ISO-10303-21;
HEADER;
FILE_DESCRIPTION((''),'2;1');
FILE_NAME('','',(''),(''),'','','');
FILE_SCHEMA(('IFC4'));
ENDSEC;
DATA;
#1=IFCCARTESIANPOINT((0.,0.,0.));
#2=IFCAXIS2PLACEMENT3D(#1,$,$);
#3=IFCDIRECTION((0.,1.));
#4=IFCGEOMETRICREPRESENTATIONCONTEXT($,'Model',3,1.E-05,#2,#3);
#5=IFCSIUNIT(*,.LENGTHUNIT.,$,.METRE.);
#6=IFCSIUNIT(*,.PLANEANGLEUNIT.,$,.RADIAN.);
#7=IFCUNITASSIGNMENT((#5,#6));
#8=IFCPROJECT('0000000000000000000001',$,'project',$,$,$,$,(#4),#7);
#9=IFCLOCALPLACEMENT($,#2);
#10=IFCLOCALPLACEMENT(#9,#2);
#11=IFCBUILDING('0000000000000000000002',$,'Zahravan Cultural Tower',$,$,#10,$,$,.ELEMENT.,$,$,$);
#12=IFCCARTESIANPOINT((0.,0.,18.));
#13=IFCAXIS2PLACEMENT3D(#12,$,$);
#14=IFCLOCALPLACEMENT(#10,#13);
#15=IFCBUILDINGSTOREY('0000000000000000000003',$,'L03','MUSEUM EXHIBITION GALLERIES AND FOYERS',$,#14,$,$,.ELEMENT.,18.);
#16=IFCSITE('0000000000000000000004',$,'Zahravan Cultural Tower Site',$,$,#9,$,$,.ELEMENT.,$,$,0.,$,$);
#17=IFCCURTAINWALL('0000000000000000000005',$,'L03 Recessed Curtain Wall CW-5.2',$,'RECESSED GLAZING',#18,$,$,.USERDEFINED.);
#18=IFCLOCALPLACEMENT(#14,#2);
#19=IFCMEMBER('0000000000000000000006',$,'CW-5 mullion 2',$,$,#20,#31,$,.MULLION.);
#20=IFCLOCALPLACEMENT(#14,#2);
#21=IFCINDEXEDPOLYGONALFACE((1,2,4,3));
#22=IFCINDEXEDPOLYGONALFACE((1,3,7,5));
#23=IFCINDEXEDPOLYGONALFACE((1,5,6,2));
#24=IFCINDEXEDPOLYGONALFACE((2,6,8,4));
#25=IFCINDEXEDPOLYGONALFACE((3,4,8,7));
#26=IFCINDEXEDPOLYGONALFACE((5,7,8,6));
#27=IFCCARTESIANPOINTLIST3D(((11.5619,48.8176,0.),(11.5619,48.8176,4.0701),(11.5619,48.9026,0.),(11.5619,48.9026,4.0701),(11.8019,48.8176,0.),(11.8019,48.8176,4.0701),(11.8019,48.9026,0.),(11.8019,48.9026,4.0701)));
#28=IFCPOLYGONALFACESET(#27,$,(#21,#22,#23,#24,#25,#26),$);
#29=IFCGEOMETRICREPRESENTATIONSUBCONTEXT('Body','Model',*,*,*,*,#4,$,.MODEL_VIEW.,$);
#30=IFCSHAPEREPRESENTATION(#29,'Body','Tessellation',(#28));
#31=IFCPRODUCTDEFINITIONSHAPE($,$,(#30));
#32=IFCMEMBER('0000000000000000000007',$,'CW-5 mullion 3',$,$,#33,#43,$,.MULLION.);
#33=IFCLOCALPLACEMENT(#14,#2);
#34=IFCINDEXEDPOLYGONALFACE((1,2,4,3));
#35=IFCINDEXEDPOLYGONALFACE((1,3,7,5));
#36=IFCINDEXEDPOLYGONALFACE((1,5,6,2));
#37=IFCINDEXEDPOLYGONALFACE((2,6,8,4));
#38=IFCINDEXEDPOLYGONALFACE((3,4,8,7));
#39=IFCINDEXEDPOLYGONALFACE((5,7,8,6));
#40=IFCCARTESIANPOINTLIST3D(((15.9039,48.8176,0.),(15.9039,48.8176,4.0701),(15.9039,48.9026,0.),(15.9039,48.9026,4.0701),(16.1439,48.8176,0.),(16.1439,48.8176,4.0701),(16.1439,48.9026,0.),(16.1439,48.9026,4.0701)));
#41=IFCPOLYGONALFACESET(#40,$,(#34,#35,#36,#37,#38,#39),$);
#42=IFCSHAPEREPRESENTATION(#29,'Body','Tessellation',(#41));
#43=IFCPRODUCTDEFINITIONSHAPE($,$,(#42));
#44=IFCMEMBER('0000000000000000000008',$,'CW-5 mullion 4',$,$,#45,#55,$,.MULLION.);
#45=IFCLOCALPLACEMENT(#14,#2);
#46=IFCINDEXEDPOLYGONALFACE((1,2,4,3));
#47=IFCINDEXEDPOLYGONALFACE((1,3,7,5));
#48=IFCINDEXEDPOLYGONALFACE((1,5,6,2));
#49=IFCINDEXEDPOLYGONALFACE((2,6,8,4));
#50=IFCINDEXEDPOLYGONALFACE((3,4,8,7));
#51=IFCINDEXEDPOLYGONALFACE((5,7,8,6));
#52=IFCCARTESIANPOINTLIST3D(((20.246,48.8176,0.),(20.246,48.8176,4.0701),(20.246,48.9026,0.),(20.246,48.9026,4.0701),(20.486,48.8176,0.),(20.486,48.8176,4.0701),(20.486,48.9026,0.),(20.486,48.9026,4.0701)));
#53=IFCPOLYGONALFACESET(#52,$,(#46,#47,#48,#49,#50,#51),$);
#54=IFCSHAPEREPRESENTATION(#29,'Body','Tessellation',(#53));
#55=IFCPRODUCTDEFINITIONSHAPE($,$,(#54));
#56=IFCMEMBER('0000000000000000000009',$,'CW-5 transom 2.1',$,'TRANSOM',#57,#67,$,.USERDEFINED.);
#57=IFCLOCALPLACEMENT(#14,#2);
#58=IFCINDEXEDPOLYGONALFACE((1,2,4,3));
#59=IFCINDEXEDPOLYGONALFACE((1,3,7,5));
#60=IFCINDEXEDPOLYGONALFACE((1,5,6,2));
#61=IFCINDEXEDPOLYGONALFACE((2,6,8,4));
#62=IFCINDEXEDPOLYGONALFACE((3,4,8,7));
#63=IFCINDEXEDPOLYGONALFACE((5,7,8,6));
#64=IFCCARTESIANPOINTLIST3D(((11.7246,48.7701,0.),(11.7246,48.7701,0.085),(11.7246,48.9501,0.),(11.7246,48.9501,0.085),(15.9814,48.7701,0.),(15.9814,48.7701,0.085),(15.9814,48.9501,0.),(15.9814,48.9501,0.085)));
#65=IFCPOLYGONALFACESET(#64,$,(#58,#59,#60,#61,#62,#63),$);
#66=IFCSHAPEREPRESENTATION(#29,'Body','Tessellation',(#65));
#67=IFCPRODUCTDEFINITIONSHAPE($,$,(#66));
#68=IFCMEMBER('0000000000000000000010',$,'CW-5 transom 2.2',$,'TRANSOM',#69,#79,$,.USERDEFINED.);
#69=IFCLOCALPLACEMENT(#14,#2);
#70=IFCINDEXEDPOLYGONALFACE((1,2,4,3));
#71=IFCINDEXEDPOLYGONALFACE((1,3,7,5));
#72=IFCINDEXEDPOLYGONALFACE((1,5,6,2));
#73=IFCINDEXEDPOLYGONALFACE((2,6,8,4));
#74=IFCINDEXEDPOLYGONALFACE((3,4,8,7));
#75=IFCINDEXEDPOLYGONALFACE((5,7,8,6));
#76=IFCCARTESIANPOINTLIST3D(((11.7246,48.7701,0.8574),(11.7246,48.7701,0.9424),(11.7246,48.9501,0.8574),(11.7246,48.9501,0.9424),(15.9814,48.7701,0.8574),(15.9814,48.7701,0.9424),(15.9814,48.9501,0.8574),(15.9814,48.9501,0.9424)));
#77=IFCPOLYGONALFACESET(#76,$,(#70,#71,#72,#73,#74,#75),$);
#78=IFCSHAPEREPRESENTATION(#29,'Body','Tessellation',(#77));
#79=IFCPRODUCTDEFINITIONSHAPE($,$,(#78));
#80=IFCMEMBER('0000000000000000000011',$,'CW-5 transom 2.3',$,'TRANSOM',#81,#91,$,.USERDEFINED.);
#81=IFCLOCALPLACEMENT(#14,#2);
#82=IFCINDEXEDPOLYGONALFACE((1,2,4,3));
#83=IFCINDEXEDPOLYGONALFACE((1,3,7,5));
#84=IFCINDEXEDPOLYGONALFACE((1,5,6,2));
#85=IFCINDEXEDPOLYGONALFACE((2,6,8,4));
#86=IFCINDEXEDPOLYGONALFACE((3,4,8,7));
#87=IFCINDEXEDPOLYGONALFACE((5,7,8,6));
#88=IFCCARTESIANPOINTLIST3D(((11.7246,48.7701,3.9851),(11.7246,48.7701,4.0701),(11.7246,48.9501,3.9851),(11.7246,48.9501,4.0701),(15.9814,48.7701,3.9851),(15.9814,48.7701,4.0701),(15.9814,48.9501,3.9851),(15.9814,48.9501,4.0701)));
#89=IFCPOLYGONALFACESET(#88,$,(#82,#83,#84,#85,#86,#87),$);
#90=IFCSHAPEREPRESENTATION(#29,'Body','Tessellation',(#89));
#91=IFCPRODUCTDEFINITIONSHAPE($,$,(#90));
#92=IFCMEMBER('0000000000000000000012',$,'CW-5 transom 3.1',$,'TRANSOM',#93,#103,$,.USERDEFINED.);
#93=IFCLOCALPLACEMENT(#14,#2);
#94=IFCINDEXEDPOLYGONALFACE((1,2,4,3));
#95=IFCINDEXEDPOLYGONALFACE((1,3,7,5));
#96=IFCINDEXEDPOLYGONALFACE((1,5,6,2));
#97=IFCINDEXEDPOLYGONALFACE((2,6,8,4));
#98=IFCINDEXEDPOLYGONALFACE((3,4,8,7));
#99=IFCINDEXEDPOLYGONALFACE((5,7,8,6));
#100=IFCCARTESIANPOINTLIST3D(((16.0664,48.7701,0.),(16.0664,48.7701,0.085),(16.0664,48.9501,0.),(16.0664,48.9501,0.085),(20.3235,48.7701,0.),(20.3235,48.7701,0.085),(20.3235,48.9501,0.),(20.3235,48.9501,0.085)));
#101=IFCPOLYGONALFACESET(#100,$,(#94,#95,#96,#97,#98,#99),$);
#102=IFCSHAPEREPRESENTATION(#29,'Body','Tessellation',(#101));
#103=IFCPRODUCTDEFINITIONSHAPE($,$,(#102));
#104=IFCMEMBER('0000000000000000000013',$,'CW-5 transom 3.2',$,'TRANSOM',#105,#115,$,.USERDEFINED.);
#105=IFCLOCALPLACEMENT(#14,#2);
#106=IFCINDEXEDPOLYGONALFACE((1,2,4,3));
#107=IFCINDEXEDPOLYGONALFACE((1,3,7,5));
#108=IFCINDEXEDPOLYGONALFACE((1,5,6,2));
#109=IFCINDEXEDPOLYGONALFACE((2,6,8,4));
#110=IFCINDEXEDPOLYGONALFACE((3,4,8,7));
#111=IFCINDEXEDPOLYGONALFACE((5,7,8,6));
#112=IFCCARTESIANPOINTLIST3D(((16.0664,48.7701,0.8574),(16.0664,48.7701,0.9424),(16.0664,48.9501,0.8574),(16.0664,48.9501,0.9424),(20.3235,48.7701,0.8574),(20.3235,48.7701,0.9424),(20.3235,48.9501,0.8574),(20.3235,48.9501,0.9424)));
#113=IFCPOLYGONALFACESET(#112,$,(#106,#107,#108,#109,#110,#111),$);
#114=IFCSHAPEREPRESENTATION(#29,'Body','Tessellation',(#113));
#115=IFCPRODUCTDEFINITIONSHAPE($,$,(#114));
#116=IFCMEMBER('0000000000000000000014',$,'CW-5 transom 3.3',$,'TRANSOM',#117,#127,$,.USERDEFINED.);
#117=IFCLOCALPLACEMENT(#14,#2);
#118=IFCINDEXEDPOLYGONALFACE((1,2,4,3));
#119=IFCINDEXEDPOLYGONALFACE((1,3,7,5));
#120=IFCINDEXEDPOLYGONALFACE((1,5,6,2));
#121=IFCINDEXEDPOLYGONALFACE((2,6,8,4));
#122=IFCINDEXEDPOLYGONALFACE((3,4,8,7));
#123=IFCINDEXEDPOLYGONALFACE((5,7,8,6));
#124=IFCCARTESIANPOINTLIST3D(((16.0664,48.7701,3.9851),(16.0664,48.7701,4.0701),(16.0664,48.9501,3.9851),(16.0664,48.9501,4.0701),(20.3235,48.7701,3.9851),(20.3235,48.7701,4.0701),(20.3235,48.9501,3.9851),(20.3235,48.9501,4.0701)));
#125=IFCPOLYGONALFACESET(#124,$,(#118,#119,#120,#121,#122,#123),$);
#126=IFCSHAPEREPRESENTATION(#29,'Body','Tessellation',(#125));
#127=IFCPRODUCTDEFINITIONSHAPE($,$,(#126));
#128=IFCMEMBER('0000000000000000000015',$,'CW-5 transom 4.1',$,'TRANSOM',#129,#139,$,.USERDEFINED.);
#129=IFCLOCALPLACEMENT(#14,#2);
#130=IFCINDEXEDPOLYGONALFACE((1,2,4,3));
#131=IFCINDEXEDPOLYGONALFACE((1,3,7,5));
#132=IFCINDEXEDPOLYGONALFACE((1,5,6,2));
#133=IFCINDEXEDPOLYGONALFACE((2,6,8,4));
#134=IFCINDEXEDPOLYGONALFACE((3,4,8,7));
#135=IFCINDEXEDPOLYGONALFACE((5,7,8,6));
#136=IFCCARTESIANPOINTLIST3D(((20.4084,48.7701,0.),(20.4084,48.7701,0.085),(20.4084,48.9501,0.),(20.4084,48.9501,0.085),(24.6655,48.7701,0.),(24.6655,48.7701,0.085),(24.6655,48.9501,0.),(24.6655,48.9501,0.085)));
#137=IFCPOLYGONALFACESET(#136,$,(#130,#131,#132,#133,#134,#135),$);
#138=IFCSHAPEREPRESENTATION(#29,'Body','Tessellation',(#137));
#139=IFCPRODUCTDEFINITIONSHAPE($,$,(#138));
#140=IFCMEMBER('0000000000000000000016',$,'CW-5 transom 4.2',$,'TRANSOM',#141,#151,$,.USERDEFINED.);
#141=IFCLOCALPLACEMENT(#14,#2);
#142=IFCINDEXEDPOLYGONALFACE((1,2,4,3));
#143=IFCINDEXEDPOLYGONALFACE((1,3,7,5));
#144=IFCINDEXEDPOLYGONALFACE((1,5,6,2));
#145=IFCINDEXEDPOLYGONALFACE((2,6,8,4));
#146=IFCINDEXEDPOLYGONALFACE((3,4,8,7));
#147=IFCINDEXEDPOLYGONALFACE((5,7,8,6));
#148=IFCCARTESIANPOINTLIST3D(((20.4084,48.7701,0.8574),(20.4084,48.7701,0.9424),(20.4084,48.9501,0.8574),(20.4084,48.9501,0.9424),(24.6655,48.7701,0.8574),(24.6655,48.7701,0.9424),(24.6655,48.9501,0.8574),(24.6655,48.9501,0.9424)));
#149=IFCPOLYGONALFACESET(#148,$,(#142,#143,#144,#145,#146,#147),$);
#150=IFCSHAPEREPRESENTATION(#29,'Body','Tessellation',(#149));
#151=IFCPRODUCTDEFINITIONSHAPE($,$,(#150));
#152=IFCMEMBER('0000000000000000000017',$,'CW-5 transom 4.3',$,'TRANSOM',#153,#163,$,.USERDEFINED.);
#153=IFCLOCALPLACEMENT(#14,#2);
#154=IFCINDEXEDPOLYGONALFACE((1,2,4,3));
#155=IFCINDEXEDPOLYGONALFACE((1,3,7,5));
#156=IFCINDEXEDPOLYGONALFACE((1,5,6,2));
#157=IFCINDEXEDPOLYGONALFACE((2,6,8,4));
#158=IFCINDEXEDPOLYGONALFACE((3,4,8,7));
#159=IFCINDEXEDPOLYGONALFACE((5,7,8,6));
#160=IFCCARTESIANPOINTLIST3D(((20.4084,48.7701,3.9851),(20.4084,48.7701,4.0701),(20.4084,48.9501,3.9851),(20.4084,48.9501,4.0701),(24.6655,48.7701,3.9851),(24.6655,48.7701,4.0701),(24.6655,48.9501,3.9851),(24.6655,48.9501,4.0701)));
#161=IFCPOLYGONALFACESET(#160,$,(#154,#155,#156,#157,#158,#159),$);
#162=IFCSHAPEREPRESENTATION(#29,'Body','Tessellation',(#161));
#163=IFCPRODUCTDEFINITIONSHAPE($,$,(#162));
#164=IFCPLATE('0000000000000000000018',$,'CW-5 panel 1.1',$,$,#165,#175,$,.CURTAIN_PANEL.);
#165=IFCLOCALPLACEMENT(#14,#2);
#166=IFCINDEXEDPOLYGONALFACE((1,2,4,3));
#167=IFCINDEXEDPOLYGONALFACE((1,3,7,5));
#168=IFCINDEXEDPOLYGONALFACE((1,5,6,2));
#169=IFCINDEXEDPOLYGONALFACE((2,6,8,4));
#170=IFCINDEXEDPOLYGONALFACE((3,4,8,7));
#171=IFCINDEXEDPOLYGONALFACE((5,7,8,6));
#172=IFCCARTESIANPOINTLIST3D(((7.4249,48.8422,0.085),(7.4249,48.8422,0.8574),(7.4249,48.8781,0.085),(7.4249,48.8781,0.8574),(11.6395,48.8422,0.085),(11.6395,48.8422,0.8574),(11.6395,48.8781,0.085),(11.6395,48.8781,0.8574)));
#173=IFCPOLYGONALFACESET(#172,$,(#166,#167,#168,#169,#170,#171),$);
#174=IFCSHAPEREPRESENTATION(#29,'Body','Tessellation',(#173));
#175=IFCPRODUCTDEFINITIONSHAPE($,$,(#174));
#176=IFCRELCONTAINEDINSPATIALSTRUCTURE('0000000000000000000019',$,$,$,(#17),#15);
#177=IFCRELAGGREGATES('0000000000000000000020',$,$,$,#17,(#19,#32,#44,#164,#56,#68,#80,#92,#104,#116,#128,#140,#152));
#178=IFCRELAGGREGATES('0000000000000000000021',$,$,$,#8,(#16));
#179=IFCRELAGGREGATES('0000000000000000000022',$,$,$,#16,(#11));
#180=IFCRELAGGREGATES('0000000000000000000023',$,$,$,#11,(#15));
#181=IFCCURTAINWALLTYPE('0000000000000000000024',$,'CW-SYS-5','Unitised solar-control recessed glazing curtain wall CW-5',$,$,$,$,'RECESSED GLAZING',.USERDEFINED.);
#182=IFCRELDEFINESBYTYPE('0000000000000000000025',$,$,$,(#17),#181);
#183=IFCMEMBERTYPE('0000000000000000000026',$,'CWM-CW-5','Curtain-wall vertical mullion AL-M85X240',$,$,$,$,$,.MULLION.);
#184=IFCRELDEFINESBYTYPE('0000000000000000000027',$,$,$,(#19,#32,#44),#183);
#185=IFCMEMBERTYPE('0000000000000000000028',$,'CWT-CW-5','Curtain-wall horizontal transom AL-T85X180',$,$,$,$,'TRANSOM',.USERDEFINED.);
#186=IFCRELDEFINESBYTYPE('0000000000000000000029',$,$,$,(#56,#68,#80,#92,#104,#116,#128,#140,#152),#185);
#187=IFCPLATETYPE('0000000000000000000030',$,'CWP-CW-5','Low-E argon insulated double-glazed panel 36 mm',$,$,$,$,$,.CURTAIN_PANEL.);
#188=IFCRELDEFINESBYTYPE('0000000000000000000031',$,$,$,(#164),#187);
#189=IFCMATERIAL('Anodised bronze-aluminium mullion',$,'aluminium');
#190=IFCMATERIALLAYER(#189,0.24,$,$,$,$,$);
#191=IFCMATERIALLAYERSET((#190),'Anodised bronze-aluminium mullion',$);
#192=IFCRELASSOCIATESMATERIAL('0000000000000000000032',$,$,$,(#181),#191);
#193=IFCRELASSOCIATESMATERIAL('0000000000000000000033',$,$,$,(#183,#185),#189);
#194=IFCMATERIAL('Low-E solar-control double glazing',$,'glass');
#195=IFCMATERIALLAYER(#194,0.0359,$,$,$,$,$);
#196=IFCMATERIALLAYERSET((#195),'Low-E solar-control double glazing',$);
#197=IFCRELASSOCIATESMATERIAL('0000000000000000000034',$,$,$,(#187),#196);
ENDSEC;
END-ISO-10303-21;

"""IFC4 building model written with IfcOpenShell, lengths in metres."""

from ifc_helpers import new_model, si_unit, direction, frame, origin, origin_2d, place, context, subcontext, project, spatial, rectangle, extrude, source, transform, mapped, material, layer, layer_set, material_profile, profile_set, type_object, element, aggregate, save


model = new_model("IFC4")

# Units and contexts
model_context = context("Model", 3, precision=1e-05, world=origin(), true_north=direction((0.0, 1.0)))
body_context = subcontext(model_context, "Body", "Model", "MODEL_VIEW")
ifc_project = project(units=[si_unit("LENGTHUNIT", "METRE"), si_unit("PLANEANGLEUNIT", "RADIAN")], contexts=[model_context])

# Site, building, storey
site_placement = place(None, origin())
site = spatial("IfcSite", under=ifc_project, at=site_placement, Name="Zahravan Cultural Tower Site", CompositionType="ELEMENT", RefElevation=0.0)
building_placement = place(site_placement, origin())
building = spatial("IfcBuilding", under=site, at=building_placement, Name="Zahravan Cultural Tower", CompositionType="ELEMENT")
storey_placement = place(building_placement, frame((0.0, 0.0, 18.0)))
storey = spatial("IfcBuildingStorey", under=building, at=storey_placement, Name="L03", Description="MUSEUM EXHIBITION GALLERIES AND FOYERS", CompositionType="ELEMENT", Elevation=18.0)

# Curtain wall, members, plate
ifc_material_1 = material(Name="Anodised bronze-aluminium mullion", Category="aluminium")
ifc_layer_1 = layer(ifc_material_1, 0.24)
ifc_layer_set_1 = layer_set([ifc_layer_1], Name="Anodised bronze-aluminium mullion")
curtain_wall_type = type_object("IfcCurtainWallType", Name="CW-SYS-5", Description="Unitised solar-control recessed glazing curtain wall CW-5", ElementType="RECESSED GLAZING", PredefinedType="USERDEFINED", material=ifc_layer_set_1)
curtain_wall_placement = place(storey_placement, origin())
curtain_wall = element("IfcCurtainWall", 1, at=curtain_wall_placement, inside=storey, type_object=curtain_wall_type, Name="L03 Recessed Curtain Wall CW-5.2", ObjectType="RECESSED GLAZING", PredefinedType="USERDEFINED")
ifc_material_profile_1 = material_profile(ifc_material_1, rectangle(XDim=0.085, YDim=0.24, at=origin_2d()), Name="AL-M85X240")
ifc_profile_set_1 = profile_set([ifc_material_profile_1], Name="Anodised bronze-aluminium mullion")
member_type_1 = type_object("IfcMemberType", Name="CWM-CW-5", Description="Curtain-wall vertical mullion AL-M85X240", PredefinedType="MULLION", material=ifc_profile_set_1)
shared_shape_1 = source(origin(), body_context, "Body", "SweptSolid", [
    extrude(rectangle(XDim=0.085, YDim=0.24, at=origin_2d()), origin(), (0.0, 0.0, 1.0), 4.0701),
])
member_1_placement = place(storey_placement, frame((11.6819, 48.8601, 0.0), z_axis=(0.0, 0.0, 1.0), x_axis=(0.0, 1.0, 0.0)))
member_1 = element("IfcMember", 2, at=member_1_placement, type_object=member_type_1, Name="CW-5 mullion 2", PredefinedType="MULLION", context=body_context, shape_type="MappedRepresentation", body=[
    mapped(shared_shape_1, transform((0.0, 0.0, 0.0), x_axis=(1.0, 0.0, 0.0), y_axis=(0.0, 1.0, 0.0), z_axis=(0.0, 0.0, 1.0), scale=1.0)),
])
member_2_placement = place(storey_placement, frame((16.0239, 48.8601, 0.0), z_axis=(0.0, 0.0, 1.0), x_axis=(0.0, 1.0, 0.0)))
member_2 = element("IfcMember", 3, at=member_2_placement, type_object=member_type_1, Name="CW-5 mullion 3", PredefinedType="MULLION", context=body_context, shape_type="MappedRepresentation", body=[
    mapped(shared_shape_1, transform((0.0, 0.0, 0.0), x_axis=(1.0, 0.0, 0.0), y_axis=(0.0, 1.0, 0.0), z_axis=(0.0, 0.0, 1.0), scale=1.0)),
])
member_3_placement = place(storey_placement, frame((20.366, 48.8601, 0.0), z_axis=(0.0, 0.0, 1.0), x_axis=(0.0, 1.0, 0.0)))
member_3 = element("IfcMember", 4, at=member_3_placement, type_object=member_type_1, Name="CW-5 mullion 4", PredefinedType="MULLION", context=body_context, shape_type="MappedRepresentation", body=[
    mapped(shared_shape_1, transform((0.0, 0.0, 0.0), x_axis=(1.0, 0.0, 0.0), y_axis=(0.0, 1.0, 0.0), z_axis=(0.0, 0.0, 1.0), scale=1.0)),
])
ifc_material_profile_2 = material_profile(ifc_material_1, rectangle(XDim=0.1799, YDim=0.085, at=origin_2d()), Name="AL-T85X180")
ifc_profile_set_2 = profile_set([ifc_material_profile_2], Name="Anodised bronze-aluminium mullion")
member_type_2 = type_object("IfcMemberType", Name="CWT-CW-5", Description="Curtain-wall horizontal transom AL-T85X180", ElementType="TRANSOM", PredefinedType="USERDEFINED", material=ifc_profile_set_2)
shared_shape_2 = source(origin(), body_context, "Body", "SweptSolid", [
    extrude(rectangle(XDim=0.1799, YDim=0.085, at=origin_2d()), origin(), (0.0, 0.0, 1.0), 4.2568),
])
member_4_placement = place(storey_placement, frame((11.7246, 48.8601, 0.0425), z_axis=(1.0, 0.0, 0.0), x_axis=(0.0, 1.0, 0.0)))
member_4 = element("IfcMember", 5, at=member_4_placement, type_object=member_type_2, Name="CW-5 transom 2.1", ObjectType="TRANSOM", PredefinedType="USERDEFINED", context=body_context, shape_type="MappedRepresentation", body=[
    mapped(shared_shape_2, transform((0.0, 0.0, 0.0), x_axis=(1.0, 0.0, 0.0), y_axis=(0.0, 1.0, 0.0), z_axis=(0.0, 0.0, 1.0), scale=1.0)),
])
member_5_placement = place(storey_placement, frame((11.7246, 48.8601, 0.8999), z_axis=(1.0, 0.0, 0.0), x_axis=(0.0, 1.0, 0.0)))
member_5 = element("IfcMember", 6, at=member_5_placement, type_object=member_type_2, Name="CW-5 transom 2.2", ObjectType="TRANSOM", PredefinedType="USERDEFINED", context=body_context, shape_type="MappedRepresentation", body=[
    mapped(shared_shape_2, transform((0.0, 0.0, 0.0), x_axis=(1.0, 0.0, 0.0), y_axis=(0.0, 1.0, 0.0), z_axis=(0.0, 0.0, 1.0), scale=1.0)),
])
member_6_placement = place(storey_placement, frame((11.7246, 48.8601, 4.0276), z_axis=(1.0, 0.0, 0.0), x_axis=(0.0, 1.0, 0.0)))
member_6 = element("IfcMember", 7, at=member_6_placement, type_object=member_type_2, Name="CW-5 transom 2.3", ObjectType="TRANSOM", PredefinedType="USERDEFINED", context=body_context, shape_type="MappedRepresentation", body=[
    mapped(shared_shape_2, transform((0.0, 0.0, 0.0), x_axis=(1.0, 0.0, 0.0), y_axis=(0.0, 1.0, 0.0), z_axis=(0.0, 0.0, 1.0), scale=1.0)),
])
shared_shape_3 = source(origin(), body_context, "Body", "SweptSolid", [
    extrude(rectangle(XDim=0.1799, YDim=0.085, at=origin_2d()), origin(), (0.0, 0.0, 1.0), 4.2571),
])
member_7_placement = place(storey_placement, frame((16.0664, 48.8601, 0.0425), z_axis=(1.0, 0.0, 0.0), x_axis=(0.0, 1.0, 0.0)))
member_7 = element("IfcMember", 8, at=member_7_placement, type_object=member_type_2, Name="CW-5 transom 3.1", ObjectType="TRANSOM", PredefinedType="USERDEFINED", context=body_context, shape_type="MappedRepresentation", body=[
    mapped(shared_shape_3, transform((0.0, 0.0, 0.0), x_axis=(1.0, 0.0, 0.0), y_axis=(0.0, 1.0, 0.0), z_axis=(0.0, 0.0, 1.0), scale=1.0)),
])
member_8_placement = place(storey_placement, frame((16.0664, 48.8601, 0.8999), z_axis=(1.0, 0.0, 0.0), x_axis=(0.0, 1.0, 0.0)))
member_8 = element("IfcMember", 9, at=member_8_placement, type_object=member_type_2, Name="CW-5 transom 3.2", ObjectType="TRANSOM", PredefinedType="USERDEFINED", context=body_context, shape_type="MappedRepresentation", body=[
    mapped(shared_shape_3, transform((0.0, 0.0, 0.0), x_axis=(1.0, 0.0, 0.0), y_axis=(0.0, 1.0, 0.0), z_axis=(0.0, 0.0, 1.0), scale=1.0)),
])
member_9_placement = place(storey_placement, frame((16.0664, 48.8601, 4.0276), z_axis=(1.0, 0.0, 0.0), x_axis=(0.0, 1.0, 0.0)))
member_9 = element("IfcMember", 10, at=member_9_placement, type_object=member_type_2, Name="CW-5 transom 3.3", ObjectType="TRANSOM", PredefinedType="USERDEFINED", context=body_context, shape_type="MappedRepresentation", body=[
    mapped(shared_shape_3, transform((0.0, 0.0, 0.0), x_axis=(1.0, 0.0, 0.0), y_axis=(0.0, 1.0, 0.0), z_axis=(0.0, 0.0, 1.0), scale=1.0)),
])
member_10_placement = place(storey_placement, frame((20.4084, 48.8601, 0.0425), z_axis=(1.0, 0.0, 0.0), x_axis=(0.0, 1.0, 0.0)))
member_10 = element("IfcMember", 11, at=member_10_placement, type_object=member_type_2, Name="CW-5 transom 4.1", ObjectType="TRANSOM", PredefinedType="USERDEFINED", context=body_context, shape_type="MappedRepresentation", body=[
    mapped(shared_shape_3, transform((0.0, 0.0, 0.0), x_axis=(1.0, 0.0, 0.0), y_axis=(0.0, 1.0, 0.0), z_axis=(0.0, 0.0, 1.0), scale=1.0)),
])
member_11_placement = place(storey_placement, frame((20.4084, 48.8601, 0.8999), z_axis=(1.0, 0.0, 0.0), x_axis=(0.0, 1.0, 0.0)))
member_11 = element("IfcMember", 12, at=member_11_placement, type_object=member_type_2, Name="CW-5 transom 4.2", ObjectType="TRANSOM", PredefinedType="USERDEFINED", context=body_context, shape_type="MappedRepresentation", body=[
    mapped(shared_shape_3, transform((0.0, 0.0, 0.0), x_axis=(1.0, 0.0, 0.0), y_axis=(0.0, 1.0, 0.0), z_axis=(0.0, 0.0, 1.0), scale=1.0)),
])
member_12_placement = place(storey_placement, frame((20.4084, 48.8601, 4.0276), z_axis=(1.0, 0.0, 0.0), x_axis=(0.0, 1.0, 0.0)))
member_12 = element("IfcMember", 13, at=member_12_placement, type_object=member_type_2, Name="CW-5 transom 4.3", ObjectType="TRANSOM", PredefinedType="USERDEFINED", context=body_context, shape_type="MappedRepresentation", body=[
    mapped(shared_shape_3, transform((0.0, 0.0, 0.0), x_axis=(1.0, 0.0, 0.0), y_axis=(0.0, 1.0, 0.0), z_axis=(0.0, 0.0, 1.0), scale=1.0)),
])
ifc_material_2 = material(Name="Low-E solar-control double glazing", Category="glass")
ifc_layer_2 = layer(ifc_material_2, 0.0359)
ifc_layer_set_2 = layer_set([ifc_layer_2], Name="Low-E solar-control double glazing")
plate_type = type_object("IfcPlateType", Name="CWP-CW-5", Description="Low-E argon insulated double-glazed panel 36 mm", PredefinedType="CURTAIN_PANEL", material=ifc_layer_set_2)
shared_shape_4 = source(origin(), body_context, "Body", "SweptSolid", [
    extrude(rectangle(XDim=4.2146, YDim=0.0359, at=origin_2d()), origin(), (0.0, 0.0, 1.0), 0.7725),
])
plate_1_placement = place(storey_placement, frame((9.5322, 48.8601, 0.085), z_axis=(0.0, 0.0, 1.0), x_axis=(1.0, 0.0, 0.0)))
plate_1 = element("IfcPlate", 14, at=plate_1_placement, type_object=plate_type, Name="CW-5 panel 1.1", PredefinedType="CURTAIN_PANEL", context=body_context, shape_type="MappedRepresentation", body=[
    mapped(shared_shape_4, transform((0.0, 0.0, 0.0), x_axis=(1.0, 0.0, 0.0), y_axis=(0.0, 1.0, 0.0), z_axis=(0.0, 0.0, 1.0), scale=1.0)),
])
aggregate(curtain_wall, [member_1, member_2, member_3, plate_1, member_4, member_5, member_6, member_7, member_8, member_9, member_10, member_11, member_12])

save(model, "model.ifc")
